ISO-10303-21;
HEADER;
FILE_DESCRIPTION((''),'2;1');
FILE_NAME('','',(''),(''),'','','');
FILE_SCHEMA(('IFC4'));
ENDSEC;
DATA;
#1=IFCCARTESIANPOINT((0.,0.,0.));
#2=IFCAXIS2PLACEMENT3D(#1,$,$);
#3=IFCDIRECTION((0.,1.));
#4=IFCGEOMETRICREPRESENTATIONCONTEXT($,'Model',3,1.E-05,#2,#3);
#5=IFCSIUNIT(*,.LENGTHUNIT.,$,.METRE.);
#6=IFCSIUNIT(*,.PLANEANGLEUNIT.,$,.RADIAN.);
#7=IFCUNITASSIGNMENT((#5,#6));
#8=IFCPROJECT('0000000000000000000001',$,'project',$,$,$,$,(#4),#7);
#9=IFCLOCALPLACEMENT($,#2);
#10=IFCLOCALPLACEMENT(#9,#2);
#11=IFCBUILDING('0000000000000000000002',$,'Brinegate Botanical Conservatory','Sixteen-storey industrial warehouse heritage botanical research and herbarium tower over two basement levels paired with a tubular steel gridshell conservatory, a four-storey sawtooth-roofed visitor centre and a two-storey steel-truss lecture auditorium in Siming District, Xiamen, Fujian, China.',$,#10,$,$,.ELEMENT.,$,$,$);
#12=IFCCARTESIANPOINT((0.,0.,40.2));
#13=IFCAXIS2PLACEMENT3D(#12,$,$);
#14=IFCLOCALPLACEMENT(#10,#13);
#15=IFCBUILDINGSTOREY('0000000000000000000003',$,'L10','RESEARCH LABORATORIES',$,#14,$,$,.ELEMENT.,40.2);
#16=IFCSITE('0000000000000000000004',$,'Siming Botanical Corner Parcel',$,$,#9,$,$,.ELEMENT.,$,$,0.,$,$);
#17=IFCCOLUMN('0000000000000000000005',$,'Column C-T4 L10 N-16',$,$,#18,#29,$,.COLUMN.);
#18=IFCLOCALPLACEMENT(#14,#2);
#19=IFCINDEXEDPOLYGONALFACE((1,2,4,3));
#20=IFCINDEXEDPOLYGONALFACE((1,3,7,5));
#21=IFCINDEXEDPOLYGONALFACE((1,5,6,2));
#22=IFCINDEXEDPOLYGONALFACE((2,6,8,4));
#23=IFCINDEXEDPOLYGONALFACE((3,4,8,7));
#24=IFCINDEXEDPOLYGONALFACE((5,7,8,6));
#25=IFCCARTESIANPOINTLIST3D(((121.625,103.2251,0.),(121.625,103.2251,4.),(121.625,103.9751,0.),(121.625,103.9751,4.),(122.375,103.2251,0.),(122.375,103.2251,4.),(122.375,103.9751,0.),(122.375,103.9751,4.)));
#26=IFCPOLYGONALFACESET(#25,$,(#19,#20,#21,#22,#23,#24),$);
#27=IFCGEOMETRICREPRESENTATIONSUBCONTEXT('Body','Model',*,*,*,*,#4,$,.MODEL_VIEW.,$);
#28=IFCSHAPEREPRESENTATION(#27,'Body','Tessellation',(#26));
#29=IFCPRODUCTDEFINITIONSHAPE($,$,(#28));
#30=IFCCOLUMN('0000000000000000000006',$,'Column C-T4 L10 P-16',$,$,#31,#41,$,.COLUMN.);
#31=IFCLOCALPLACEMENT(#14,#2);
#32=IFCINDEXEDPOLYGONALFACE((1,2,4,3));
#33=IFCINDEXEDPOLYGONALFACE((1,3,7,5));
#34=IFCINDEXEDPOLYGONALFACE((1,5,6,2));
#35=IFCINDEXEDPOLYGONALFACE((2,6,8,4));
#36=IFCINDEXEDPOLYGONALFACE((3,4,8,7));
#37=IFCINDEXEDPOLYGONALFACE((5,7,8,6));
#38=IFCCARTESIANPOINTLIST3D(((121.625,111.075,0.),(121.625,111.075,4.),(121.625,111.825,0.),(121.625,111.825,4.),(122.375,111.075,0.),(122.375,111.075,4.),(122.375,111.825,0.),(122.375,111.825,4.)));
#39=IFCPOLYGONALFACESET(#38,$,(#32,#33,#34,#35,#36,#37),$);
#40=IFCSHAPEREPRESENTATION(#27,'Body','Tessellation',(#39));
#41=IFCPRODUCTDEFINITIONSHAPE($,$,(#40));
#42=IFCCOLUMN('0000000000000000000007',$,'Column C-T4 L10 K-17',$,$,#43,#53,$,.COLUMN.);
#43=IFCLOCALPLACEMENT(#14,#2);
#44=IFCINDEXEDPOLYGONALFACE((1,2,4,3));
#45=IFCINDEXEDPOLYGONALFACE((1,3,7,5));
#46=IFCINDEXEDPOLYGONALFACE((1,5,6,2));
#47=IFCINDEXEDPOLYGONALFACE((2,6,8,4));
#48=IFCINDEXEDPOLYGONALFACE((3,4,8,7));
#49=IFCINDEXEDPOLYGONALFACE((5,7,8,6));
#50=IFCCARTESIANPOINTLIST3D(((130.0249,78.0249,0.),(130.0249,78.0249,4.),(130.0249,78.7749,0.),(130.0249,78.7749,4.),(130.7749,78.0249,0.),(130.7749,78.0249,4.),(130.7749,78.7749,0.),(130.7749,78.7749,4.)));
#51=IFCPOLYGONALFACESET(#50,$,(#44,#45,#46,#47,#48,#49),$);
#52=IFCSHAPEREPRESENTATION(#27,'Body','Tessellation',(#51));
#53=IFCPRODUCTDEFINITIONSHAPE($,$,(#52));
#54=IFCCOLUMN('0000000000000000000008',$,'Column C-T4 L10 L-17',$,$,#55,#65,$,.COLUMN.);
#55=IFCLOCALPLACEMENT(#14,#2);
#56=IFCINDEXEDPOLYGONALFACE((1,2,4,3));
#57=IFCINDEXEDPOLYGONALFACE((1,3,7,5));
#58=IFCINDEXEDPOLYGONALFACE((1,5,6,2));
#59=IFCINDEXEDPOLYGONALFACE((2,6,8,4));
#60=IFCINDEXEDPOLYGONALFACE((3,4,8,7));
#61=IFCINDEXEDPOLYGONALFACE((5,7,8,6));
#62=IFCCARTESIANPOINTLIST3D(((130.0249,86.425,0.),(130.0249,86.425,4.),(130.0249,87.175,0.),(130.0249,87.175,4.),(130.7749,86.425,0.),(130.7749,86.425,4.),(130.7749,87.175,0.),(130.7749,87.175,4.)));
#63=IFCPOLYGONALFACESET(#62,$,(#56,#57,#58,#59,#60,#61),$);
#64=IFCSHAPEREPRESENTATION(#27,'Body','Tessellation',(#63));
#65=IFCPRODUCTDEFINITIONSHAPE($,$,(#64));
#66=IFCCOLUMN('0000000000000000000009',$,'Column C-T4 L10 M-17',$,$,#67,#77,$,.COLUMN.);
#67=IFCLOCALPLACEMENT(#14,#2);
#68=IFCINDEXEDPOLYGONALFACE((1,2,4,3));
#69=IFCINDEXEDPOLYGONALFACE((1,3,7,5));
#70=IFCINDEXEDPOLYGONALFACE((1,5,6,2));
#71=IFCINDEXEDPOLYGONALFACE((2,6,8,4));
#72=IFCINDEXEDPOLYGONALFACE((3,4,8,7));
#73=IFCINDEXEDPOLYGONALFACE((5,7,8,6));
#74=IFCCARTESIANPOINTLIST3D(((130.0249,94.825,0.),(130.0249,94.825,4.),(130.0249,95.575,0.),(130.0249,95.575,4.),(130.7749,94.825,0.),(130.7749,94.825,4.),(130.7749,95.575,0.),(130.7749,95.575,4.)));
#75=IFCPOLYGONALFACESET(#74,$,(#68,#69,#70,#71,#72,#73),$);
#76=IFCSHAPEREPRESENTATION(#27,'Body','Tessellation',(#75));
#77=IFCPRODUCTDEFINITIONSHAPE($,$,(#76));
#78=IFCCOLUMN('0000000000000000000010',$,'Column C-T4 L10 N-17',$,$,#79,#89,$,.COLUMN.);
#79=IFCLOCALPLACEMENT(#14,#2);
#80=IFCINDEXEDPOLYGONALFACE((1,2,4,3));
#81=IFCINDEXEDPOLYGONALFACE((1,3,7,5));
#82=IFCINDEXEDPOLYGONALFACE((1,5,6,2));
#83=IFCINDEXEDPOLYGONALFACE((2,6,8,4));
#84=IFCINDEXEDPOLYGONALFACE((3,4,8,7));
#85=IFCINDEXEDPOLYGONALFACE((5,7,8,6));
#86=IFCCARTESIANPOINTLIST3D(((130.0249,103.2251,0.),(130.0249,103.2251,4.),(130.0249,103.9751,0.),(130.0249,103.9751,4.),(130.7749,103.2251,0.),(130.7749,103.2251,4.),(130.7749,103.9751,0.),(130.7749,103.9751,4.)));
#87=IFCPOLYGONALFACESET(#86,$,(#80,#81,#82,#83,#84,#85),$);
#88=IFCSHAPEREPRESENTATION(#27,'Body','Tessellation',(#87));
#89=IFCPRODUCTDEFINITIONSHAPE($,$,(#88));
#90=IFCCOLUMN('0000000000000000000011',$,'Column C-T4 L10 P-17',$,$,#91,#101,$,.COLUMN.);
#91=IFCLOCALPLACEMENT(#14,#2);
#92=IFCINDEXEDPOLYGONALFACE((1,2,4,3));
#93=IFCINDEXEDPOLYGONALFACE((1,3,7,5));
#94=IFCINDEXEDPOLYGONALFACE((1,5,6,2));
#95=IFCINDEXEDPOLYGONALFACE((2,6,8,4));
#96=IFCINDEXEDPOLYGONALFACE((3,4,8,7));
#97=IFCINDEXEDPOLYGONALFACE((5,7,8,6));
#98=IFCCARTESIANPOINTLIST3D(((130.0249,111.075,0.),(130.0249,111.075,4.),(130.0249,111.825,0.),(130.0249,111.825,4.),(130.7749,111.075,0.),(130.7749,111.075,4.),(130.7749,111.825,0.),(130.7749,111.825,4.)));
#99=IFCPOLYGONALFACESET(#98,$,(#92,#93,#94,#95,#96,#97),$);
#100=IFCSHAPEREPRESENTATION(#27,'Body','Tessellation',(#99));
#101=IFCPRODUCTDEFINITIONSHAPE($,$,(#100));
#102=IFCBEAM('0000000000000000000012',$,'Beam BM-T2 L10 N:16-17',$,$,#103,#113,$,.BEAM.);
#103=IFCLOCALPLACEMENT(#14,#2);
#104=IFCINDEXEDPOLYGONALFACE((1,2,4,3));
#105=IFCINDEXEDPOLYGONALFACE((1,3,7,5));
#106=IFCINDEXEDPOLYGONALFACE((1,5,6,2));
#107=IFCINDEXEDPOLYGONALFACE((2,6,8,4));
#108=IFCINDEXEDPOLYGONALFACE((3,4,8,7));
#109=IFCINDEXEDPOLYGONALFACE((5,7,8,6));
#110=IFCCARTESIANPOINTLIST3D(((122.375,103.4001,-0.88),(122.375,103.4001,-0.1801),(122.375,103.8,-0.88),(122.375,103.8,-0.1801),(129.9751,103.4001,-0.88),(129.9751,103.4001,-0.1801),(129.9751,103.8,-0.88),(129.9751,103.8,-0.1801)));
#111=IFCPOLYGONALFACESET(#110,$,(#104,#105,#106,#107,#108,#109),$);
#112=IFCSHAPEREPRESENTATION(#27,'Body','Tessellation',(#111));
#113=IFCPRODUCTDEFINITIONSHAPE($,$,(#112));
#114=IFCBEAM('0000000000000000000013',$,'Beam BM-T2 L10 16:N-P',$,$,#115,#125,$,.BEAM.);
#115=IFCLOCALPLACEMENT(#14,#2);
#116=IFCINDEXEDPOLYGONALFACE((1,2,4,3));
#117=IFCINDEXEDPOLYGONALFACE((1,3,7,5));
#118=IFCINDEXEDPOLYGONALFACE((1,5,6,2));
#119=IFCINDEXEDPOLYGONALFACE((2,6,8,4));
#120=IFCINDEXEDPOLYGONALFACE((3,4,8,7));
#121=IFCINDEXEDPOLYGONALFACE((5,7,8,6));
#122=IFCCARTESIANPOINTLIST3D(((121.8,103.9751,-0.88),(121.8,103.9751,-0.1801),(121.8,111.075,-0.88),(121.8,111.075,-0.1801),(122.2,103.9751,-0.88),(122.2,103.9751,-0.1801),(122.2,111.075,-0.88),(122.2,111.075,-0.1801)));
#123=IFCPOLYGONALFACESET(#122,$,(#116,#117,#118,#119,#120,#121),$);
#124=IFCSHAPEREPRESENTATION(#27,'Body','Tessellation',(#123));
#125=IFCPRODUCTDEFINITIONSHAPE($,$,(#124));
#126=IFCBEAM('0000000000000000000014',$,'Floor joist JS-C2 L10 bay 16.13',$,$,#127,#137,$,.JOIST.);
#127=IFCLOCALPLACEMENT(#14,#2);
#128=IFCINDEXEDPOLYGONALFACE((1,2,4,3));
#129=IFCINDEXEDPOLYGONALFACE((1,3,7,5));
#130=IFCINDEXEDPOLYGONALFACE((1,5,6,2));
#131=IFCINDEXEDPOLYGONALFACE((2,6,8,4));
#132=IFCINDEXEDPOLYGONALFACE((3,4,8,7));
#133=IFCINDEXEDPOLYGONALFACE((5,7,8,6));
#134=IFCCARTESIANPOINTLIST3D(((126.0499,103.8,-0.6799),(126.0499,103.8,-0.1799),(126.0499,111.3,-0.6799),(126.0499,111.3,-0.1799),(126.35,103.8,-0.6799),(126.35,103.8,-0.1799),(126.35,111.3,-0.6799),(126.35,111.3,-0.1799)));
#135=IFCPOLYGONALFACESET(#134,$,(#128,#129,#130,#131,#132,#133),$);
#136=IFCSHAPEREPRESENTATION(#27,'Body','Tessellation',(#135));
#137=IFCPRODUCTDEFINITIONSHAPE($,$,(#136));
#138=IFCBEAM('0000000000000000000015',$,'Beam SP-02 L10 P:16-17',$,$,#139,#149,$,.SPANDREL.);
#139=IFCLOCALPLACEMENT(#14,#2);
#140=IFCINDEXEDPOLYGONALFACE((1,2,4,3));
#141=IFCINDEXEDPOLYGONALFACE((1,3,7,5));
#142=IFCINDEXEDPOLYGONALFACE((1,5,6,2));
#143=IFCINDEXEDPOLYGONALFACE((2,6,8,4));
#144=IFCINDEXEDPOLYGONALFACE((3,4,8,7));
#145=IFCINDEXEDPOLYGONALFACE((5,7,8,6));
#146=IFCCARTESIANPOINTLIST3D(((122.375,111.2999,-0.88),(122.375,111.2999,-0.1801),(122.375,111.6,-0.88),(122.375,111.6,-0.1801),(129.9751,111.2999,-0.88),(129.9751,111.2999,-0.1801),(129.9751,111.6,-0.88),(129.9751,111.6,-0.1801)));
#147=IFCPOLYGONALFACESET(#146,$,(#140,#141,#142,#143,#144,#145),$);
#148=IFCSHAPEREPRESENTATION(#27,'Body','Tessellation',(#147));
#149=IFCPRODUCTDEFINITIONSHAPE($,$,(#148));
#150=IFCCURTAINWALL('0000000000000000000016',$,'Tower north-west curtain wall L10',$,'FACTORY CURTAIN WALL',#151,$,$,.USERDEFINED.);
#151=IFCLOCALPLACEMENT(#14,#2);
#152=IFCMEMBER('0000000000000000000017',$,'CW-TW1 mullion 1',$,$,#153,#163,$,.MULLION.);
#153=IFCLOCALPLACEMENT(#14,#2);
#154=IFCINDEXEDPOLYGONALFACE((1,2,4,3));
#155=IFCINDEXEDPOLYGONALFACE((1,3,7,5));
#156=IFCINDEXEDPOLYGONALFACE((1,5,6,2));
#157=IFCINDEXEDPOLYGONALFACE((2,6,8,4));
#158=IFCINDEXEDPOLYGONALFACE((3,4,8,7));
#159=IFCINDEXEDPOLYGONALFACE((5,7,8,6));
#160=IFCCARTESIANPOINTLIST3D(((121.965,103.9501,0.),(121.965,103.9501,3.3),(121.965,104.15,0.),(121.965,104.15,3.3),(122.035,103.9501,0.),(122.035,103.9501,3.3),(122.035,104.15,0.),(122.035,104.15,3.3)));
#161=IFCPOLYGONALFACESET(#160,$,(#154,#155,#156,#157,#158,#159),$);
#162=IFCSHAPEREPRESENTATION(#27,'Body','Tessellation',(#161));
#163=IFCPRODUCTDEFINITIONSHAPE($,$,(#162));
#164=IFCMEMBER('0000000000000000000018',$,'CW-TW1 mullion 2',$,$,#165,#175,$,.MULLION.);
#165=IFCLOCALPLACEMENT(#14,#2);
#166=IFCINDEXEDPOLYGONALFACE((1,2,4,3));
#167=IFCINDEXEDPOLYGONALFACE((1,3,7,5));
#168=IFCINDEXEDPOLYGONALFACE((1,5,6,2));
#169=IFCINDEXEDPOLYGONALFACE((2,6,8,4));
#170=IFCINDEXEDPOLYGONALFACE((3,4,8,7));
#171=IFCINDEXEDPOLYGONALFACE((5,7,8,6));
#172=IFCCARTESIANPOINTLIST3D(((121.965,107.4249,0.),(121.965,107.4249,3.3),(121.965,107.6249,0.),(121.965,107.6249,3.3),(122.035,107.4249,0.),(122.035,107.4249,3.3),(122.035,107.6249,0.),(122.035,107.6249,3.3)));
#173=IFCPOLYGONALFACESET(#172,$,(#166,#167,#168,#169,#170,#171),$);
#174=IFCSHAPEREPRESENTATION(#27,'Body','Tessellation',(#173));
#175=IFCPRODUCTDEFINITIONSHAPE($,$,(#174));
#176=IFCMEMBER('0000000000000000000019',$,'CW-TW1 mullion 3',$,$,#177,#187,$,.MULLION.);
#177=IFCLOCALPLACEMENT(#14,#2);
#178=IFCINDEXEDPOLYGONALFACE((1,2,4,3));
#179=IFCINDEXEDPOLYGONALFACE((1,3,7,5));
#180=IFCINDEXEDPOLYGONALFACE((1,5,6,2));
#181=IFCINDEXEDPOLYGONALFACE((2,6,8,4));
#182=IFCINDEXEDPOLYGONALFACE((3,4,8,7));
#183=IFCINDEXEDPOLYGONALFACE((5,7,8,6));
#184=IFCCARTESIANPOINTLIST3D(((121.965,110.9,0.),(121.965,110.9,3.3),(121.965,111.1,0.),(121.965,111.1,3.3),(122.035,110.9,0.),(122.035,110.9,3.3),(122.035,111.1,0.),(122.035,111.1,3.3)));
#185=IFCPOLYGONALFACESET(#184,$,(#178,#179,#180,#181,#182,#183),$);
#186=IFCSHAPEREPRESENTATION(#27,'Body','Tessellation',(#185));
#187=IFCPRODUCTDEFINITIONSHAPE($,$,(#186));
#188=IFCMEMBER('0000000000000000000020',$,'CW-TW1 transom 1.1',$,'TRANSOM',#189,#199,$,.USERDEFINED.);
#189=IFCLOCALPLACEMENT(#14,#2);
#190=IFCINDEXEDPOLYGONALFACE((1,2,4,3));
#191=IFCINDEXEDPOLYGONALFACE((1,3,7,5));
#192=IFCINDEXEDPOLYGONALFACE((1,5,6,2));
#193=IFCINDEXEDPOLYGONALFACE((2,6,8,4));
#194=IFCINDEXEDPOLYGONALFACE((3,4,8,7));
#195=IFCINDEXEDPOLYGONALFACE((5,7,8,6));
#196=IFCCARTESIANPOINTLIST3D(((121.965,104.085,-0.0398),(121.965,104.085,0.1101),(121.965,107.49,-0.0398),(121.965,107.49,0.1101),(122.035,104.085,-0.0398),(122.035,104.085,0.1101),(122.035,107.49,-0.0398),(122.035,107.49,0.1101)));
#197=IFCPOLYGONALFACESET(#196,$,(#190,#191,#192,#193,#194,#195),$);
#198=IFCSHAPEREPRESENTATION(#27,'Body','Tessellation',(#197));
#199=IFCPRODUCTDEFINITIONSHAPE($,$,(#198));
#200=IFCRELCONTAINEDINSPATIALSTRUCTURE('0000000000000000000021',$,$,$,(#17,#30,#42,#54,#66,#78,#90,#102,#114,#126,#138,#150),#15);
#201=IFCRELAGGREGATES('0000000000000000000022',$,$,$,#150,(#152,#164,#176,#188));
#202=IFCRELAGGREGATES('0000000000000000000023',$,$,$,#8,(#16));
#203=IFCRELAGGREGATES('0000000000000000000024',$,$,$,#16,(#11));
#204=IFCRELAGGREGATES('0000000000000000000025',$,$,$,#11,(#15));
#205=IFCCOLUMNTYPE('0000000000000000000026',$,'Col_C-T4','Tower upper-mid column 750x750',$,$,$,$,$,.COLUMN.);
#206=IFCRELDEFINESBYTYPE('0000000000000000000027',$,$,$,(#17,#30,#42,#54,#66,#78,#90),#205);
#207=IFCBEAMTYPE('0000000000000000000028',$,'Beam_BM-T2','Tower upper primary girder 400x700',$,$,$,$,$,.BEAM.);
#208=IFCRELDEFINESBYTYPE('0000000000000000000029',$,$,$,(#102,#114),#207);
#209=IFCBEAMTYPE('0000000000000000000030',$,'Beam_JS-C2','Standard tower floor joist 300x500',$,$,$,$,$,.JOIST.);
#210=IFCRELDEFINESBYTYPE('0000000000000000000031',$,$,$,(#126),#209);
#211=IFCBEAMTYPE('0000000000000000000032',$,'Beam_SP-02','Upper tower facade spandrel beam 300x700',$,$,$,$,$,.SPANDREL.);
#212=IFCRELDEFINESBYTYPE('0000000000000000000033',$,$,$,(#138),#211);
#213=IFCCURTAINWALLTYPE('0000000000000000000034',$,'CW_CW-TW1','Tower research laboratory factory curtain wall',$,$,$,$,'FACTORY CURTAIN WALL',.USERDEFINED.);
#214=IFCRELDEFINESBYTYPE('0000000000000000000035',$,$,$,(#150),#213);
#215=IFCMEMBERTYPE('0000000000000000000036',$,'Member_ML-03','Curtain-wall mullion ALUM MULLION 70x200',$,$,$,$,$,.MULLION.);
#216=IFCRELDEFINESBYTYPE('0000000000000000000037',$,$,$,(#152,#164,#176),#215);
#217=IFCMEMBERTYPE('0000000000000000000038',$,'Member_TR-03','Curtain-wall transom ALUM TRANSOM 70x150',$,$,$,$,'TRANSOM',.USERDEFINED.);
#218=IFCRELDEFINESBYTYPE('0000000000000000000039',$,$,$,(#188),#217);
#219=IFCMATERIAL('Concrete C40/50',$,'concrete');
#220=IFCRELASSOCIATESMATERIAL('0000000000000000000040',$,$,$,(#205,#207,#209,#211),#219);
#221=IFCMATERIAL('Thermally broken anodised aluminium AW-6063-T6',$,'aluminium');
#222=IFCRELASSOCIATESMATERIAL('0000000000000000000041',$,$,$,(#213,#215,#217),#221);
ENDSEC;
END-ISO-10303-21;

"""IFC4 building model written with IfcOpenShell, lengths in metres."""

from ifc_helpers import new_model, si_unit, direction, frame, origin, origin_2d, place, context, subcontext, project, spatial, rectangle, extrude, material, material_profile, profile_set, type_object, element, aggregate, save


model = new_model("IFC4")

# Units and contexts
model_context = context("Model", 3, precision=1e-05, world=origin(), true_north=direction((0.0, 1.0)))
body_context = subcontext(model_context, "Body", "Model", "MODEL_VIEW")
ifc_project = project(units=[si_unit("LENGTHUNIT", "METRE"), si_unit("PLANEANGLEUNIT", "RADIAN")], contexts=[model_context])

# Site, building, storey
site_placement = place(None, origin())
site = spatial("IfcSite", under=ifc_project, at=site_placement, Name="Siming Botanical Corner Parcel", CompositionType="ELEMENT", RefElevation=0.0)
building_placement = place(site_placement, origin())
building = spatial("IfcBuilding", under=site, at=building_placement, Name="Brinegate Botanical Conservatory", Description="Sixteen-storey industrial warehouse heritage botanical research and herbarium tower over two basement levels paired with a tubular steel gridshell conservatory, a four-storey sawtooth-roofed visitor centre and a two-storey steel-truss lecture auditorium in Siming District, Xiamen, Fujian, China.", CompositionType="ELEMENT")
storey_placement = place(building_placement, frame((0.0, 0.0, 40.2)))
storey = spatial("IfcBuildingStorey", under=building, at=storey_placement, Name="L10", Description="RESEARCH LABORATORIES", CompositionType="ELEMENT", Elevation=40.2)

# Columns
ifc_material_1 = material(Name="Concrete C40/50", Category="concrete")
ifc_material_profile_1 = material_profile(ifc_material_1, rectangle(XDim=0.75, YDim=0.75, at=origin_2d()), Name="RC COL 750x750")
ifc_profile_set_1 = profile_set([ifc_material_profile_1], Name="Concrete C40/50")
column_type = type_object("IfcColumnType", Name="Col_C-T4", Description="Tower upper-mid column 750x750", PredefinedType="COLUMN", material=ifc_profile_set_1)
for number, where, z_axis, x_axis, name in (
    (1, (122.0, 103.6001, 0.0), (0.0, 0.0, 1.0), (1.0, 0.0, 0.0), "Column C-T4 L10 N-16"),
    (2, (122.0, 111.45, 0.0), (0.0, 0.0, 1.0), (1.0, 0.0, 0.0), "Column C-T4 L10 P-16"),
    (3, (130.3999, 78.3999, 0.0), (0.0, 0.0, 1.0), (1.0, 0.0, 0.0), "Column C-T4 L10 K-17"),
    (4, (130.3999, 86.8, 0.0), (0.0, 0.0, 1.0), (1.0, 0.0, 0.0), "Column C-T4 L10 L-17"),
    (5, (130.3999, 95.2, 0.0), (0.0, 0.0, 1.0), (1.0, 0.0, 0.0), "Column C-T4 L10 M-17"),
    (6, (130.3999, 103.6001, 0.0), (0.0, 0.0, 1.0), (1.0, 0.0, 0.0), "Column C-T4 L10 N-17"),
    (7, (130.3999, 111.45, 0.0), (0.0, 0.0, 1.0), (1.0, 0.0, 0.0), "Column C-T4 L10 P-17"),
):
    element("IfcColumn", number, at=place(storey_placement, frame(where, z_axis=z_axis, x_axis=x_axis)), inside=storey, type_object=column_type, Name=name, PredefinedType="COLUMN", context=body_context, shape_type="SweptSolid", body=[
        extrude(rectangle(XDim=0.75, YDim=0.75, at=origin_2d()), origin(), (0.0, 0.0, 1.0), 4.0),
    ])

# Beams
ifc_material_profile_2 = material_profile(ifc_material_1, rectangle(XDim=0.3999, YDim=0.7, at=origin_2d()), Name="RC BM 400x700")
ifc_profile_set_2 = profile_set([ifc_material_profile_2], Name="Concrete C40/50")
beam_type_1 = type_object("IfcBeamType", Name="Beam_BM-T2", Description="Tower upper primary girder 400x700", PredefinedType="BEAM", material=ifc_profile_set_2)
beam_1_placement = place(storey_placement, frame((122.375, 103.6001, -0.53), z_axis=(1.0, 0.0, 0.0), x_axis=(0.0, 1.0, 0.0)))
element("IfcBeam", 8, at=beam_1_placement, inside=storey, type_object=beam_type_1, Name="Beam BM-T2 L10 N:16-17", PredefinedType="BEAM", context=body_context, shape_type="SweptSolid", body=[
    extrude(rectangle(XDim=0.3999, YDim=0.7, at=origin_2d()), origin(), (0.0, 0.0, 1.0), 7.6001),
])
beam_2_placement = place(storey_placement, frame((122.0, 103.9751, -0.53), z_axis=(0.0, 1.0, 0.0), x_axis=(-1.0, 0.0, 0.0)))
element("IfcBeam", 9, at=beam_2_placement, inside=storey, type_object=beam_type_1, Name="Beam BM-T2 L10 16:N-P", PredefinedType="BEAM", context=body_context, shape_type="SweptSolid", body=[
    extrude(rectangle(XDim=0.3999, YDim=0.7, at=origin_2d()), origin(), (0.0, 0.0, 1.0), 7.0999),
])
ifc_material_profile_3 = material_profile(ifc_material_1, rectangle(XDim=0.3, YDim=0.5, at=origin_2d()), Name="RC JST 300x500")
ifc_profile_set_3 = profile_set([ifc_material_profile_3], Name="Concrete C40/50")
beam_type_2 = type_object("IfcBeamType", Name="Beam_JS-C2", Description="Standard tower floor joist 300x500", PredefinedType="JOIST", material=ifc_profile_set_3)
beam_3_placement = place(storey_placement, frame((126.2, 103.8, -0.4299), z_axis=(0.0, 1.0, 0.0), x_axis=(-1.0, 0.0, 0.0)))
element("IfcBeam", 10, at=beam_3_placement, inside=storey, type_object=beam_type_2, Name="Floor joist JS-C2 L10 bay 16.13", PredefinedType="JOIST", context=body_context, shape_type="SweptSolid", body=[
    extrude(rectangle(XDim=0.3, YDim=0.5, at=origin_2d()), origin(), (0.0, 0.0, 1.0), 7.5),
])
ifc_material_profile_4 = material_profile(ifc_material_1, rectangle(XDim=0.3, YDim=0.7, at=origin_2d()), Name="RC SPN 300x700")
ifc_profile_set_4 = profile_set([ifc_material_profile_4], Name="Concrete C40/50")
beam_type_3 = type_object("IfcBeamType", Name="Beam_SP-02", Description="Upper tower facade spandrel beam 300x700", PredefinedType="SPANDREL", material=ifc_profile_set_4)
beam_4_placement = place(storey_placement, frame((122.375, 111.45, -0.53), z_axis=(1.0, 0.0, 0.0), x_axis=(0.0, 1.0, 0.0)))
element("IfcBeam", 11, at=beam_4_placement, inside=storey, type_object=beam_type_3, Name="Beam SP-02 L10 P:16-17", PredefinedType="SPANDREL", context=body_context, shape_type="SweptSolid", body=[
    extrude(rectangle(XDim=0.3, YDim=0.7, at=origin_2d()), origin(), (0.0, 0.0, 1.0), 7.6001),
])

# Curtain wall, members
ifc_material_2 = material(Name="Thermally broken anodised aluminium AW-6063-T6", Category="aluminium")
curtain_wall_type = type_object("IfcCurtainWallType", Name="CW_CW-TW1", Description="Tower research laboratory factory curtain wall", ElementType="FACTORY CURTAIN WALL", PredefinedType="USERDEFINED", material=ifc_material_2)
curtain_wall_placement = place(storey_placement, origin())
curtain_wall = element("IfcCurtainWall", 12, at=curtain_wall_placement, inside=storey, type_object=curtain_wall_type, Name="Tower north-west curtain wall L10", ObjectType="FACTORY CURTAIN WALL", PredefinedType="USERDEFINED")
ifc_material_profile_5 = material_profile(ifc_material_2, rectangle(XDim=0.0701, YDim=0.2, at=origin_2d()), Name="ALUM MULLION 70x200")
ifc_profile_set_5 = profile_set([ifc_material_profile_5], Name="Thermally broken anodised aluminium AW-6063-T6")
member_type_1 = type_object("IfcMemberType", Name="Member_ML-03", Description="Curtain-wall mullion ALUM MULLION 70x200", PredefinedType="MULLION", material=ifc_profile_set_5)
member_1_placement = place(storey_placement, frame((122.0, 104.05, 0.0), z_axis=(0.0, 0.0, 1.0), x_axis=(-1.0, 0.0, 0.0)))
member_1 = element("IfcMember", 13, at=member_1_placement, type_object=member_type_1, Name="CW-TW1 mullion 1", PredefinedType="MULLION", context=body_context, shape_type="SweptSolid", body=[
    extrude(rectangle(XDim=0.0701, YDim=0.2, at=origin_2d()), origin(), (0.0, 0.0, 1.0), 3.3),
])
member_2_placement = place(storey_placement, frame((122.0, 107.5249, 0.0), z_axis=(0.0, 0.0, 1.0), x_axis=(-1.0, 0.0, 0.0)))
member_2 = element("IfcMember", 14, at=member_2_placement, type_object=member_type_1, Name="CW-TW1 mullion 2", PredefinedType="MULLION", context=body_context, shape_type="SweptSolid", body=[
    extrude(rectangle(XDim=0.0701, YDim=0.2, at=origin_2d()), origin(), (0.0, 0.0, 1.0), 3.3),
])
member_3_placement = place(storey_placement, frame((122.0, 111.0, 0.0), z_axis=(0.0, 0.0, 1.0), x_axis=(-1.0, 0.0, 0.0)))
member_3 = element("IfcMember", 15, at=member_3_placement, type_object=member_type_1, Name="CW-TW1 mullion 3", PredefinedType="MULLION", context=body_context, shape_type="SweptSolid", body=[
    extrude(rectangle(XDim=0.0701, YDim=0.2, at=origin_2d()), origin(), (0.0, 0.0, 1.0), 3.3),
])
ifc_material_profile_6 = material_profile(ifc_material_2, rectangle(XDim=0.0701, YDim=0.1499, at=origin_2d()), Name="ALUM TRANSOM 70x150")
ifc_profile_set_6 = profile_set([ifc_material_profile_6], Name="Thermally broken anodised aluminium AW-6063-T6")
member_type_2 = type_object("IfcMemberType", Name="Member_TR-03", Description="Curtain-wall transom ALUM TRANSOM 70x150", ElementType="TRANSOM", PredefinedType="USERDEFINED", material=ifc_profile_set_6)
member_4_placement = place(storey_placement, frame((122.0, 104.085, 0.0352), z_axis=(0.0, 1.0, 0.0), x_axis=(-1.0, 0.0, 0.0)))
member_4 = element("IfcMember", 16, at=member_4_placement, type_object=member_type_2, Name="CW-TW1 transom 1.1", ObjectType="TRANSOM", PredefinedType="USERDEFINED", context=body_context, shape_type="SweptSolid", body=[
    extrude(rectangle(XDim=0.0701, YDim=0.1499, at=origin_2d()), origin(), (0.0, 0.0, 1.0), 3.405),
])
aggregate(curtain_wall, [member_1, member_2, member_3, member_4])

save(model, "model.ifc")
